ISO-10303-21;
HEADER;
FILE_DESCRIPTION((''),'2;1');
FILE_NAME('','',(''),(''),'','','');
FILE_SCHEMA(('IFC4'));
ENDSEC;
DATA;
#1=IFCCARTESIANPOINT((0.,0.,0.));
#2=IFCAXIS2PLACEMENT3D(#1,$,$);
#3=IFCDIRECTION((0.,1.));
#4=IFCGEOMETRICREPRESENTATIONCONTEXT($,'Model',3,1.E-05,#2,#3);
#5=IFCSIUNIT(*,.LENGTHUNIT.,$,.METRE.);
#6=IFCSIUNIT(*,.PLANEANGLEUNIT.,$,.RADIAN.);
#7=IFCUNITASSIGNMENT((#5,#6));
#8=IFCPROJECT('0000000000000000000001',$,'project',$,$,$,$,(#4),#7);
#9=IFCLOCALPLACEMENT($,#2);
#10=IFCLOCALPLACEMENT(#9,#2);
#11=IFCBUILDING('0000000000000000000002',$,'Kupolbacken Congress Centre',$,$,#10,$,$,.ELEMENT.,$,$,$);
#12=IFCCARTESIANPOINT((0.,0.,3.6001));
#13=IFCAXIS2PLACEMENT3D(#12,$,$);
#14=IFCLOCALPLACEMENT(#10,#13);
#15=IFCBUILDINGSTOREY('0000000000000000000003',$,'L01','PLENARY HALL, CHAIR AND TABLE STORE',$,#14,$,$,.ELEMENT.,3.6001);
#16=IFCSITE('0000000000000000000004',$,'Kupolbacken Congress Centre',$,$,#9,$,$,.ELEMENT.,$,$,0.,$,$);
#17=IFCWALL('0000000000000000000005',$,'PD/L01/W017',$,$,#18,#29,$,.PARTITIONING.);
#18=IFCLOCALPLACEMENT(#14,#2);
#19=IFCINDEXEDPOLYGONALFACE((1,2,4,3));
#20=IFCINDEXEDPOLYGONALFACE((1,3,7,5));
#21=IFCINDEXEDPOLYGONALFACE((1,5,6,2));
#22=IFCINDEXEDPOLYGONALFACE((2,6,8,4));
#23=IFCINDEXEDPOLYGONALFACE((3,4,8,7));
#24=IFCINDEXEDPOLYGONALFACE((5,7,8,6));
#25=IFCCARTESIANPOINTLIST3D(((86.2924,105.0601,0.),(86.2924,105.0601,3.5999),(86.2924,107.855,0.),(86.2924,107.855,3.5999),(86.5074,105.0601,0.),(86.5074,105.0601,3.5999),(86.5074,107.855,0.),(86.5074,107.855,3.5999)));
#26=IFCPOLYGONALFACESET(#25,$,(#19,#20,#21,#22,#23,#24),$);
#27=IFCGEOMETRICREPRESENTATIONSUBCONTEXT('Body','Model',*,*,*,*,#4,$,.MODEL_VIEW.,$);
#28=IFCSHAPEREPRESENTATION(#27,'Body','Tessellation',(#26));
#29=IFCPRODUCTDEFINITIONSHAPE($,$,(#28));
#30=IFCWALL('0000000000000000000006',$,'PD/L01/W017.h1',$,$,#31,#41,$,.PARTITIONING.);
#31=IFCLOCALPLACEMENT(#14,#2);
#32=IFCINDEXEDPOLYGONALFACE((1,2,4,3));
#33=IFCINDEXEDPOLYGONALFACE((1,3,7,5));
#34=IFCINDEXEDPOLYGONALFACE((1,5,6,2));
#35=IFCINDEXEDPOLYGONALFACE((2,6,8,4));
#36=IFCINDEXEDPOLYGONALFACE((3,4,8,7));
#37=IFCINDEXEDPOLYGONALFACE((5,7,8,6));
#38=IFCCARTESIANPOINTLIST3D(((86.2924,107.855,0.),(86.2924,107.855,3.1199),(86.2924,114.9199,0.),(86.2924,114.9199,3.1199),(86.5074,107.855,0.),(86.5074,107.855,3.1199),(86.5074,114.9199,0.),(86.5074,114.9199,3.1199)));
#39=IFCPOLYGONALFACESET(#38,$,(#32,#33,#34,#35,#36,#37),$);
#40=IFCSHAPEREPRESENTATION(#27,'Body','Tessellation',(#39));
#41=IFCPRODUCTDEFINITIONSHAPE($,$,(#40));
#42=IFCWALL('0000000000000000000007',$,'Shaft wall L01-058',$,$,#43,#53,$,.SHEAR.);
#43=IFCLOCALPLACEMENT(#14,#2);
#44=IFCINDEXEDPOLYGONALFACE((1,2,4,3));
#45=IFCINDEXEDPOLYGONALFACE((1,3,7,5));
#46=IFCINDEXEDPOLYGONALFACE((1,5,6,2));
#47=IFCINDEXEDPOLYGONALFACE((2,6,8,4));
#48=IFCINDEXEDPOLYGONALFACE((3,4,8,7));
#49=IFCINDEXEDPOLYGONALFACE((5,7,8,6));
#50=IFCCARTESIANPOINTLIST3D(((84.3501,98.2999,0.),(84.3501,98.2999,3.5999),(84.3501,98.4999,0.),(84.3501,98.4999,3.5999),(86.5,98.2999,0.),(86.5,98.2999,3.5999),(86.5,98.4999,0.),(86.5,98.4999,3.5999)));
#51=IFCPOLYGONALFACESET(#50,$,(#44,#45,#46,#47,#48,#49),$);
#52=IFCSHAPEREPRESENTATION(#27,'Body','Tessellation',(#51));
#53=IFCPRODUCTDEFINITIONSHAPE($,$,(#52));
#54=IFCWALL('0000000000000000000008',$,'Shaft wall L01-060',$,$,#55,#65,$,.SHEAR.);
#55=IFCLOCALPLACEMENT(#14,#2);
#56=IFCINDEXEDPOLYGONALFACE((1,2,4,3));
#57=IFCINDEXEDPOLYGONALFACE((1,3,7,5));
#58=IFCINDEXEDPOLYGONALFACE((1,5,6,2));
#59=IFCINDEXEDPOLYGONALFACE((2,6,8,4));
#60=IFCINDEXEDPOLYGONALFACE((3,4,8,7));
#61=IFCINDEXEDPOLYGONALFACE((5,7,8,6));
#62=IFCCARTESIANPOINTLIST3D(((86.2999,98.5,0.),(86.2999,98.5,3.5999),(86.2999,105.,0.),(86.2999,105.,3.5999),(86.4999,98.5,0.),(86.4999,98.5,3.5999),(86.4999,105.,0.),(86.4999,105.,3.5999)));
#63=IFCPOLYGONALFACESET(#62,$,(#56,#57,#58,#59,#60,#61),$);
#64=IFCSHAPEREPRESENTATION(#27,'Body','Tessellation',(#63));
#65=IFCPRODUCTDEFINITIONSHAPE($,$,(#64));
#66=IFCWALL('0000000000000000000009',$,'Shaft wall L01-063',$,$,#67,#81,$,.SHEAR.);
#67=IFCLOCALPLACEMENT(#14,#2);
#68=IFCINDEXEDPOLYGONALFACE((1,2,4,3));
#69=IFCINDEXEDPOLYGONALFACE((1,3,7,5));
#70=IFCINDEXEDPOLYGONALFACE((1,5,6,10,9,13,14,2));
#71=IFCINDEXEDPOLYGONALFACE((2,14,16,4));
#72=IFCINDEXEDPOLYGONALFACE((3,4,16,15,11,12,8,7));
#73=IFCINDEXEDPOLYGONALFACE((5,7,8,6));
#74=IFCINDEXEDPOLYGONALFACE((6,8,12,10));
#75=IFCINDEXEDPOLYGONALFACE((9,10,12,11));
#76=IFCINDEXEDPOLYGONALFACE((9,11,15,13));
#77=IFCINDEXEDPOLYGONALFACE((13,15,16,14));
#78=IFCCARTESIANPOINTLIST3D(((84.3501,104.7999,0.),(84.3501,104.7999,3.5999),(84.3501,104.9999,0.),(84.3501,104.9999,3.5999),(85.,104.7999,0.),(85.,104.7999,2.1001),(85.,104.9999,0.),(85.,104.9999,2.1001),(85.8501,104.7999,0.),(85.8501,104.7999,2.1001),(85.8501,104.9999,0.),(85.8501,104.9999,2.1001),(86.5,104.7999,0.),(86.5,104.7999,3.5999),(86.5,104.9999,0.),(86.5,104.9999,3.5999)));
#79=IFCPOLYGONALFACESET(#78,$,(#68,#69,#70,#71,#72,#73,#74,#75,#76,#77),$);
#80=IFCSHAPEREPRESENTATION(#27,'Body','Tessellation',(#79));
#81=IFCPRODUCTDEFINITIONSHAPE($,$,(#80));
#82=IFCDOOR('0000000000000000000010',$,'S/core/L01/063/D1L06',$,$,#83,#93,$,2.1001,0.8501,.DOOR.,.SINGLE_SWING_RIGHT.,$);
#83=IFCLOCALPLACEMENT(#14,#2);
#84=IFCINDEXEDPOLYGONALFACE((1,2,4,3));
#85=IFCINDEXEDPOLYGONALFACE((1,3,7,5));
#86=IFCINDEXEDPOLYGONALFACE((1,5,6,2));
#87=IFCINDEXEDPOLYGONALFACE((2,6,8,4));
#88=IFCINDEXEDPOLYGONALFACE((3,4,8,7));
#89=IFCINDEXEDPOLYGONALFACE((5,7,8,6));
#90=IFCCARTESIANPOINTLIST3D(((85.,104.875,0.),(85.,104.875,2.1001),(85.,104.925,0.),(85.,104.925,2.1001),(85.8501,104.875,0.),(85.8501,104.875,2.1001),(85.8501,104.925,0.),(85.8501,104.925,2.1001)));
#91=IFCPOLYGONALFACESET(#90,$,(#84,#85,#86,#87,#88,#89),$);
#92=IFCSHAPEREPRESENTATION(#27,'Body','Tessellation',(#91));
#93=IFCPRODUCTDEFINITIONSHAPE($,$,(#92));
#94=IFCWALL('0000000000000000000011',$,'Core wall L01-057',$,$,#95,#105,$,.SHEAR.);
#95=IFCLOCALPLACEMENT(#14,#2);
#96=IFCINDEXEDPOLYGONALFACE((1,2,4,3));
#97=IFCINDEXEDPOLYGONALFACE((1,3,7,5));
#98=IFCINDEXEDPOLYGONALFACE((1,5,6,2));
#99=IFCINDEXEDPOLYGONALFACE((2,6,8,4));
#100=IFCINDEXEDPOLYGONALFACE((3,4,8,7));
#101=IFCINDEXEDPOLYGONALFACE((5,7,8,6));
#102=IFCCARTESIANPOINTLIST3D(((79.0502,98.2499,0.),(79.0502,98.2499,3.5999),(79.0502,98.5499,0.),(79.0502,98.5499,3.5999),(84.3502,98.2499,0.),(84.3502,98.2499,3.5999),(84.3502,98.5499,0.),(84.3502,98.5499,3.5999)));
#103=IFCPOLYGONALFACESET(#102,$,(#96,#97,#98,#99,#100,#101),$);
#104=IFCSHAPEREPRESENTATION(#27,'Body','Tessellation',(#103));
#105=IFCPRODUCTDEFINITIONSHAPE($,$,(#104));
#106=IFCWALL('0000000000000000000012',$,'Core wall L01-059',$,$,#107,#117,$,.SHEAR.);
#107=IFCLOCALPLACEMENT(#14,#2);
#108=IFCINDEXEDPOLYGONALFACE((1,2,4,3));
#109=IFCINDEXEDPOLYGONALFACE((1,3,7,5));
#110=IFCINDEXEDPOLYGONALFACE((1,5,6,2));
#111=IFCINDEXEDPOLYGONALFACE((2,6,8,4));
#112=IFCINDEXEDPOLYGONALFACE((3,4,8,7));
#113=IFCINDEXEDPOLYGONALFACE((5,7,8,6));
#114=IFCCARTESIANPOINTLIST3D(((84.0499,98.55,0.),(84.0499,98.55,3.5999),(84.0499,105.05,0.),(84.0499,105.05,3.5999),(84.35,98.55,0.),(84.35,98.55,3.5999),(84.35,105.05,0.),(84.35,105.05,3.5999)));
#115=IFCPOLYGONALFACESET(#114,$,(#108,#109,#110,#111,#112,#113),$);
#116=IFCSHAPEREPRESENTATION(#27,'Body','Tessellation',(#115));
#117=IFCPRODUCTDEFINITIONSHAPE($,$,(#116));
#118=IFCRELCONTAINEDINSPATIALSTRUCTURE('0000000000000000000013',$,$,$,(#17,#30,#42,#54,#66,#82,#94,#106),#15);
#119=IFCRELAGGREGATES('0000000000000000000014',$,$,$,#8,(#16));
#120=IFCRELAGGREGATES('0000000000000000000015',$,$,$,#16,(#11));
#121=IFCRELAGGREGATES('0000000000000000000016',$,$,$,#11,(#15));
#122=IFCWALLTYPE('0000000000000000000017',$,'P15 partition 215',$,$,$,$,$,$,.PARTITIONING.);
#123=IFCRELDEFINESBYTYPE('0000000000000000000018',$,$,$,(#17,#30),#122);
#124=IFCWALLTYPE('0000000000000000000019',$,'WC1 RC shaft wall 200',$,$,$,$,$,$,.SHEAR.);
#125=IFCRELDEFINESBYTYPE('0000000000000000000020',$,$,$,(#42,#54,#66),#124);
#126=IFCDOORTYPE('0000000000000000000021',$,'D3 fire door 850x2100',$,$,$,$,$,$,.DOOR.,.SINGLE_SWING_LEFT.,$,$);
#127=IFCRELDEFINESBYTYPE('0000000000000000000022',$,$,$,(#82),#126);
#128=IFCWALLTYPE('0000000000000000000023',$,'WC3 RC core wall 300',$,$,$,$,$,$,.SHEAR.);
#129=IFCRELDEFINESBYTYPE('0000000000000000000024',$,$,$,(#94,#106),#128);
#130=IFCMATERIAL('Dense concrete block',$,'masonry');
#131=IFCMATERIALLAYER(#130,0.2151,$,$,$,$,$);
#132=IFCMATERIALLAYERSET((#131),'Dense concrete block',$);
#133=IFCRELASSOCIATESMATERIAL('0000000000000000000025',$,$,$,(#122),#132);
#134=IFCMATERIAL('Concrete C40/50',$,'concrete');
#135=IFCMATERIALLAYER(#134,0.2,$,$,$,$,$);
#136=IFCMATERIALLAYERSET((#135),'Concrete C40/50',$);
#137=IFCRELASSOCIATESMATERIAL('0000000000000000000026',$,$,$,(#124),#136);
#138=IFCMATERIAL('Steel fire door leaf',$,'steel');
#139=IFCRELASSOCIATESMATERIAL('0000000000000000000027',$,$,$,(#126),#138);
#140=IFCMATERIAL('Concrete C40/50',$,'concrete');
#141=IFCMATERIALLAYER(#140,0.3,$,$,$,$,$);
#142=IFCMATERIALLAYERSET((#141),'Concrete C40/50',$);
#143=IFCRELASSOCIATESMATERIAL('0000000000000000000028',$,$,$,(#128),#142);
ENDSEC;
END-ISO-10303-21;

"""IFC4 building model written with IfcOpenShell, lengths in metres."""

from ifc_helpers import new_model, si_unit, direction, frame, frame_2d, origin, place, context, subcontext, project, spatial, rectangle, extrude, material, layer, layer_set, type_object, element, fill, save


model = new_model("IFC4")

# Units and contexts
model_context = context("Model", 3, precision=1e-05, world=origin(), true_north=direction((0.0, 1.0)))
body_context = subcontext(model_context, "Body", "Model", "MODEL_VIEW")
ifc_project = project(units=[si_unit("LENGTHUNIT", "METRE"), si_unit("PLANEANGLEUNIT", "RADIAN")], contexts=[model_context])

# Site, building, storey
site_placement = place(None, origin())
site = spatial("IfcSite", under=ifc_project, at=site_placement, Name="Kupolbacken Congress Centre", CompositionType="ELEMENT", RefElevation=0.0)
building_placement = place(site_placement, origin())
building = spatial("IfcBuilding", under=site, at=building_placement, Name="Kupolbacken Congress Centre", CompositionType="ELEMENT")
storey_placement = place(building_placement, frame((0.0, 0.0, 3.6001)))
storey = spatial("IfcBuildingStorey", under=building, at=storey_placement, Name="L01", Description="PLENARY HALL, CHAIR AND TABLE STORE", CompositionType="ELEMENT", Elevation=3.6001)

# Walls
ifc_material_1 = material(Name="Dense concrete block", Category="masonry")
ifc_layer_1 = layer(ifc_material_1, 0.2151)
ifc_layer_set_1 = layer_set([ifc_layer_1], Name="Dense concrete block")
wall_type_1 = type_object("IfcWallType", Name="P15 partition 215", PredefinedType="PARTITIONING", material=ifc_layer_set_1)
wall_1_placement = place(storey_placement, frame((86.3999, 105.0601, 0.0), z_axis=(0.0, 0.0, 1.0), x_axis=(0.0, 1.0, 0.0)))
element("IfcWall", 1, at=wall_1_placement, inside=storey, type_object=wall_type_1, Name="PD/L01/W017", PredefinedType="PARTITIONING", context=body_context, shape_type="SweptSolid", body=[
    extrude(rectangle(XDim=2.7949, YDim=0.2151, at=frame_2d((1.3975, 0.0))), origin(), (0.0, 0.0, 1.0), 3.5999),
])
wall_2_placement = place(storey_placement, frame((86.3999, 107.855, 0.0), z_axis=(0.0, 0.0, 1.0), x_axis=(0.0, 1.0, 0.0)))
element("IfcWall", 2, at=wall_2_placement, inside=storey, type_object=wall_type_1, Name="PD/L01/W017.h1", PredefinedType="PARTITIONING", context=body_context, shape_type="SweptSolid", body=[
    extrude(rectangle(XDim=7.0649, YDim=0.2151, at=frame_2d((3.5325, 0.0))), origin(), (0.0, 0.0, 1.0), 3.1199),
])
ifc_material_2 = material(Name="Concrete C40/50", Category="concrete")
ifc_layer_2 = layer(ifc_material_2, 0.2)
ifc_layer_set_2 = layer_set([ifc_layer_2], Name="Concrete C40/50")
wall_type_2 = type_object("IfcWallType", Name="WC1 RC shaft wall 200", PredefinedType="SHEAR", material=ifc_layer_set_2)
wall_3_placement = place(storey_placement, frame((84.3501, 98.3999, 0.0), z_axis=(0.0, 0.0, 1.0), x_axis=(1.0, 0.0, 0.0)))
element("IfcWall", 3, at=wall_3_placement, inside=storey, type_object=wall_type_2, Name="Shaft wall L01-058", PredefinedType="SHEAR", context=body_context, shape_type="SweptSolid", body=[
    extrude(rectangle(XDim=2.1499, YDim=0.2, at=frame_2d((1.075, 0.0))), origin(), (0.0, 0.0, 1.0), 3.5999),
])
wall_4_placement = place(storey_placement, frame((86.3999, 98.5, 0.0), z_axis=(0.0, 0.0, 1.0), x_axis=(0.0, 1.0, 0.0)))
element("IfcWall", 4, at=wall_4_placement, inside=storey, type_object=wall_type_2, Name="Shaft wall L01-060", PredefinedType="SHEAR", context=body_context, shape_type="SweptSolid", body=[
    extrude(rectangle(XDim=6.5, YDim=0.2, at=frame_2d((3.25, 0.0))), origin(), (0.0, 0.0, 1.0), 3.5999),
])

# Wall, opening, door
wall_5_placement = place(storey_placement, frame((86.5, 104.8999, 0.0), z_axis=(0.0, 0.0, 1.0), x_axis=(-1.0, 0.0, 0.0)))
wall_5 = element("IfcWall", 5, at=wall_5_placement, inside=storey, type_object=wall_type_2, Name="Shaft wall L01-063", PredefinedType="SHEAR", context=body_context, shape_type="SweptSolid", body=[
    extrude(rectangle(XDim=2.1499, YDim=0.2, at=frame_2d((1.075, 0.0))), origin(), (0.0, 0.0, 1.0), 3.5999),
])
opening_1_placement = place(wall_5_placement, frame((0.6499, 0.0, 0.0)))
opening_1 = element("IfcOpeningElement", 6, at=opening_1_placement, cuts=wall_5, PredefinedType="OPENING", context=body_context, shape_type="SweptSolid", body=[
    extrude(rectangle(XDim=0.8501, YDim=2.1001, at=frame_2d((0.425, 1.05))), frame((0.0, 0.1099, 0.0), z_axis=(0.0, -1.0, 0.0), x_axis=(1.0, 0.0, 0.0)), (0.0, 0.0, 1.0), 0.22),
])
ifc_material_3 = material(Name="Steel fire door leaf", Category="steel")
door_type_1 = type_object("IfcDoorType", Name="D3 fire door 850x2100", OperationType="SINGLE_SWING_LEFT", PredefinedType="DOOR", material=ifc_material_3)
door_1_placement = place(opening_1_placement, origin())
door_1 = element("IfcDoor", 7, at=door_1_placement, inside=storey, type_object=door_type_1, Name="S/core/L01/063/D1L06", OperationType="SINGLE_SWING_RIGHT", OverallHeight=2.1001, OverallWidth=0.8501, PredefinedType="DOOR", context=body_context, shape_type="SweptSolid", body=[
    extrude(rectangle(XDim=0.8501, YDim=2.1001, at=frame_2d((0.425, 1.05))), frame((0.0, 0.0249, 0.0), z_axis=(0.0, -1.0, 0.0), x_axis=(1.0, 0.0, 0.0)), (0.0, 0.0, 1.0), 0.05),
])
fill(opening_1, door_1)

# Walls
ifc_material_4 = material(Name="Concrete C40/50", Category="concrete")
ifc_layer_3 = layer(ifc_material_4, 0.3)
ifc_layer_set_3 = layer_set([ifc_layer_3], Name="Concrete C40/50")
wall_type_3 = type_object("IfcWallType", Name="WC3 RC core wall 300", PredefinedType="SHEAR", material=ifc_layer_set_3)
wall_6_placement = place(storey_placement, frame((84.3501, 98.3999, 0.0), z_axis=(0.0, 0.0, 1.0), x_axis=(-1.0, 0.0, 0.0)))
element("IfcWall", 8, at=wall_6_placement, inside=storey, type_object=wall_type_3, Name="Core wall L01-057", PredefinedType="SHEAR", context=body_context, shape_type="SweptSolid", body=[
    extrude(rectangle(XDim=5.3, YDim=0.3, at=frame_2d((2.6499, 0.0))), origin(), (0.0, 0.0, 1.0), 3.5999),
])
wall_7_placement = place(storey_placement, frame((84.2, 98.55, 0.0), z_axis=(0.0, 0.0, 1.0), x_axis=(0.0, 1.0, 0.0)))
element("IfcWall", 9, at=wall_7_placement, inside=storey, type_object=wall_type_3, Name="Core wall L01-059", PredefinedType="SHEAR", context=body_context, shape_type="SweptSolid", body=[
    extrude(rectangle(XDim=6.5, YDim=0.3, at=frame_2d((3.25, 0.0))), origin(), (0.0, 0.0, 1.0), 3.5999),
])

save(model, "model.ifc")
